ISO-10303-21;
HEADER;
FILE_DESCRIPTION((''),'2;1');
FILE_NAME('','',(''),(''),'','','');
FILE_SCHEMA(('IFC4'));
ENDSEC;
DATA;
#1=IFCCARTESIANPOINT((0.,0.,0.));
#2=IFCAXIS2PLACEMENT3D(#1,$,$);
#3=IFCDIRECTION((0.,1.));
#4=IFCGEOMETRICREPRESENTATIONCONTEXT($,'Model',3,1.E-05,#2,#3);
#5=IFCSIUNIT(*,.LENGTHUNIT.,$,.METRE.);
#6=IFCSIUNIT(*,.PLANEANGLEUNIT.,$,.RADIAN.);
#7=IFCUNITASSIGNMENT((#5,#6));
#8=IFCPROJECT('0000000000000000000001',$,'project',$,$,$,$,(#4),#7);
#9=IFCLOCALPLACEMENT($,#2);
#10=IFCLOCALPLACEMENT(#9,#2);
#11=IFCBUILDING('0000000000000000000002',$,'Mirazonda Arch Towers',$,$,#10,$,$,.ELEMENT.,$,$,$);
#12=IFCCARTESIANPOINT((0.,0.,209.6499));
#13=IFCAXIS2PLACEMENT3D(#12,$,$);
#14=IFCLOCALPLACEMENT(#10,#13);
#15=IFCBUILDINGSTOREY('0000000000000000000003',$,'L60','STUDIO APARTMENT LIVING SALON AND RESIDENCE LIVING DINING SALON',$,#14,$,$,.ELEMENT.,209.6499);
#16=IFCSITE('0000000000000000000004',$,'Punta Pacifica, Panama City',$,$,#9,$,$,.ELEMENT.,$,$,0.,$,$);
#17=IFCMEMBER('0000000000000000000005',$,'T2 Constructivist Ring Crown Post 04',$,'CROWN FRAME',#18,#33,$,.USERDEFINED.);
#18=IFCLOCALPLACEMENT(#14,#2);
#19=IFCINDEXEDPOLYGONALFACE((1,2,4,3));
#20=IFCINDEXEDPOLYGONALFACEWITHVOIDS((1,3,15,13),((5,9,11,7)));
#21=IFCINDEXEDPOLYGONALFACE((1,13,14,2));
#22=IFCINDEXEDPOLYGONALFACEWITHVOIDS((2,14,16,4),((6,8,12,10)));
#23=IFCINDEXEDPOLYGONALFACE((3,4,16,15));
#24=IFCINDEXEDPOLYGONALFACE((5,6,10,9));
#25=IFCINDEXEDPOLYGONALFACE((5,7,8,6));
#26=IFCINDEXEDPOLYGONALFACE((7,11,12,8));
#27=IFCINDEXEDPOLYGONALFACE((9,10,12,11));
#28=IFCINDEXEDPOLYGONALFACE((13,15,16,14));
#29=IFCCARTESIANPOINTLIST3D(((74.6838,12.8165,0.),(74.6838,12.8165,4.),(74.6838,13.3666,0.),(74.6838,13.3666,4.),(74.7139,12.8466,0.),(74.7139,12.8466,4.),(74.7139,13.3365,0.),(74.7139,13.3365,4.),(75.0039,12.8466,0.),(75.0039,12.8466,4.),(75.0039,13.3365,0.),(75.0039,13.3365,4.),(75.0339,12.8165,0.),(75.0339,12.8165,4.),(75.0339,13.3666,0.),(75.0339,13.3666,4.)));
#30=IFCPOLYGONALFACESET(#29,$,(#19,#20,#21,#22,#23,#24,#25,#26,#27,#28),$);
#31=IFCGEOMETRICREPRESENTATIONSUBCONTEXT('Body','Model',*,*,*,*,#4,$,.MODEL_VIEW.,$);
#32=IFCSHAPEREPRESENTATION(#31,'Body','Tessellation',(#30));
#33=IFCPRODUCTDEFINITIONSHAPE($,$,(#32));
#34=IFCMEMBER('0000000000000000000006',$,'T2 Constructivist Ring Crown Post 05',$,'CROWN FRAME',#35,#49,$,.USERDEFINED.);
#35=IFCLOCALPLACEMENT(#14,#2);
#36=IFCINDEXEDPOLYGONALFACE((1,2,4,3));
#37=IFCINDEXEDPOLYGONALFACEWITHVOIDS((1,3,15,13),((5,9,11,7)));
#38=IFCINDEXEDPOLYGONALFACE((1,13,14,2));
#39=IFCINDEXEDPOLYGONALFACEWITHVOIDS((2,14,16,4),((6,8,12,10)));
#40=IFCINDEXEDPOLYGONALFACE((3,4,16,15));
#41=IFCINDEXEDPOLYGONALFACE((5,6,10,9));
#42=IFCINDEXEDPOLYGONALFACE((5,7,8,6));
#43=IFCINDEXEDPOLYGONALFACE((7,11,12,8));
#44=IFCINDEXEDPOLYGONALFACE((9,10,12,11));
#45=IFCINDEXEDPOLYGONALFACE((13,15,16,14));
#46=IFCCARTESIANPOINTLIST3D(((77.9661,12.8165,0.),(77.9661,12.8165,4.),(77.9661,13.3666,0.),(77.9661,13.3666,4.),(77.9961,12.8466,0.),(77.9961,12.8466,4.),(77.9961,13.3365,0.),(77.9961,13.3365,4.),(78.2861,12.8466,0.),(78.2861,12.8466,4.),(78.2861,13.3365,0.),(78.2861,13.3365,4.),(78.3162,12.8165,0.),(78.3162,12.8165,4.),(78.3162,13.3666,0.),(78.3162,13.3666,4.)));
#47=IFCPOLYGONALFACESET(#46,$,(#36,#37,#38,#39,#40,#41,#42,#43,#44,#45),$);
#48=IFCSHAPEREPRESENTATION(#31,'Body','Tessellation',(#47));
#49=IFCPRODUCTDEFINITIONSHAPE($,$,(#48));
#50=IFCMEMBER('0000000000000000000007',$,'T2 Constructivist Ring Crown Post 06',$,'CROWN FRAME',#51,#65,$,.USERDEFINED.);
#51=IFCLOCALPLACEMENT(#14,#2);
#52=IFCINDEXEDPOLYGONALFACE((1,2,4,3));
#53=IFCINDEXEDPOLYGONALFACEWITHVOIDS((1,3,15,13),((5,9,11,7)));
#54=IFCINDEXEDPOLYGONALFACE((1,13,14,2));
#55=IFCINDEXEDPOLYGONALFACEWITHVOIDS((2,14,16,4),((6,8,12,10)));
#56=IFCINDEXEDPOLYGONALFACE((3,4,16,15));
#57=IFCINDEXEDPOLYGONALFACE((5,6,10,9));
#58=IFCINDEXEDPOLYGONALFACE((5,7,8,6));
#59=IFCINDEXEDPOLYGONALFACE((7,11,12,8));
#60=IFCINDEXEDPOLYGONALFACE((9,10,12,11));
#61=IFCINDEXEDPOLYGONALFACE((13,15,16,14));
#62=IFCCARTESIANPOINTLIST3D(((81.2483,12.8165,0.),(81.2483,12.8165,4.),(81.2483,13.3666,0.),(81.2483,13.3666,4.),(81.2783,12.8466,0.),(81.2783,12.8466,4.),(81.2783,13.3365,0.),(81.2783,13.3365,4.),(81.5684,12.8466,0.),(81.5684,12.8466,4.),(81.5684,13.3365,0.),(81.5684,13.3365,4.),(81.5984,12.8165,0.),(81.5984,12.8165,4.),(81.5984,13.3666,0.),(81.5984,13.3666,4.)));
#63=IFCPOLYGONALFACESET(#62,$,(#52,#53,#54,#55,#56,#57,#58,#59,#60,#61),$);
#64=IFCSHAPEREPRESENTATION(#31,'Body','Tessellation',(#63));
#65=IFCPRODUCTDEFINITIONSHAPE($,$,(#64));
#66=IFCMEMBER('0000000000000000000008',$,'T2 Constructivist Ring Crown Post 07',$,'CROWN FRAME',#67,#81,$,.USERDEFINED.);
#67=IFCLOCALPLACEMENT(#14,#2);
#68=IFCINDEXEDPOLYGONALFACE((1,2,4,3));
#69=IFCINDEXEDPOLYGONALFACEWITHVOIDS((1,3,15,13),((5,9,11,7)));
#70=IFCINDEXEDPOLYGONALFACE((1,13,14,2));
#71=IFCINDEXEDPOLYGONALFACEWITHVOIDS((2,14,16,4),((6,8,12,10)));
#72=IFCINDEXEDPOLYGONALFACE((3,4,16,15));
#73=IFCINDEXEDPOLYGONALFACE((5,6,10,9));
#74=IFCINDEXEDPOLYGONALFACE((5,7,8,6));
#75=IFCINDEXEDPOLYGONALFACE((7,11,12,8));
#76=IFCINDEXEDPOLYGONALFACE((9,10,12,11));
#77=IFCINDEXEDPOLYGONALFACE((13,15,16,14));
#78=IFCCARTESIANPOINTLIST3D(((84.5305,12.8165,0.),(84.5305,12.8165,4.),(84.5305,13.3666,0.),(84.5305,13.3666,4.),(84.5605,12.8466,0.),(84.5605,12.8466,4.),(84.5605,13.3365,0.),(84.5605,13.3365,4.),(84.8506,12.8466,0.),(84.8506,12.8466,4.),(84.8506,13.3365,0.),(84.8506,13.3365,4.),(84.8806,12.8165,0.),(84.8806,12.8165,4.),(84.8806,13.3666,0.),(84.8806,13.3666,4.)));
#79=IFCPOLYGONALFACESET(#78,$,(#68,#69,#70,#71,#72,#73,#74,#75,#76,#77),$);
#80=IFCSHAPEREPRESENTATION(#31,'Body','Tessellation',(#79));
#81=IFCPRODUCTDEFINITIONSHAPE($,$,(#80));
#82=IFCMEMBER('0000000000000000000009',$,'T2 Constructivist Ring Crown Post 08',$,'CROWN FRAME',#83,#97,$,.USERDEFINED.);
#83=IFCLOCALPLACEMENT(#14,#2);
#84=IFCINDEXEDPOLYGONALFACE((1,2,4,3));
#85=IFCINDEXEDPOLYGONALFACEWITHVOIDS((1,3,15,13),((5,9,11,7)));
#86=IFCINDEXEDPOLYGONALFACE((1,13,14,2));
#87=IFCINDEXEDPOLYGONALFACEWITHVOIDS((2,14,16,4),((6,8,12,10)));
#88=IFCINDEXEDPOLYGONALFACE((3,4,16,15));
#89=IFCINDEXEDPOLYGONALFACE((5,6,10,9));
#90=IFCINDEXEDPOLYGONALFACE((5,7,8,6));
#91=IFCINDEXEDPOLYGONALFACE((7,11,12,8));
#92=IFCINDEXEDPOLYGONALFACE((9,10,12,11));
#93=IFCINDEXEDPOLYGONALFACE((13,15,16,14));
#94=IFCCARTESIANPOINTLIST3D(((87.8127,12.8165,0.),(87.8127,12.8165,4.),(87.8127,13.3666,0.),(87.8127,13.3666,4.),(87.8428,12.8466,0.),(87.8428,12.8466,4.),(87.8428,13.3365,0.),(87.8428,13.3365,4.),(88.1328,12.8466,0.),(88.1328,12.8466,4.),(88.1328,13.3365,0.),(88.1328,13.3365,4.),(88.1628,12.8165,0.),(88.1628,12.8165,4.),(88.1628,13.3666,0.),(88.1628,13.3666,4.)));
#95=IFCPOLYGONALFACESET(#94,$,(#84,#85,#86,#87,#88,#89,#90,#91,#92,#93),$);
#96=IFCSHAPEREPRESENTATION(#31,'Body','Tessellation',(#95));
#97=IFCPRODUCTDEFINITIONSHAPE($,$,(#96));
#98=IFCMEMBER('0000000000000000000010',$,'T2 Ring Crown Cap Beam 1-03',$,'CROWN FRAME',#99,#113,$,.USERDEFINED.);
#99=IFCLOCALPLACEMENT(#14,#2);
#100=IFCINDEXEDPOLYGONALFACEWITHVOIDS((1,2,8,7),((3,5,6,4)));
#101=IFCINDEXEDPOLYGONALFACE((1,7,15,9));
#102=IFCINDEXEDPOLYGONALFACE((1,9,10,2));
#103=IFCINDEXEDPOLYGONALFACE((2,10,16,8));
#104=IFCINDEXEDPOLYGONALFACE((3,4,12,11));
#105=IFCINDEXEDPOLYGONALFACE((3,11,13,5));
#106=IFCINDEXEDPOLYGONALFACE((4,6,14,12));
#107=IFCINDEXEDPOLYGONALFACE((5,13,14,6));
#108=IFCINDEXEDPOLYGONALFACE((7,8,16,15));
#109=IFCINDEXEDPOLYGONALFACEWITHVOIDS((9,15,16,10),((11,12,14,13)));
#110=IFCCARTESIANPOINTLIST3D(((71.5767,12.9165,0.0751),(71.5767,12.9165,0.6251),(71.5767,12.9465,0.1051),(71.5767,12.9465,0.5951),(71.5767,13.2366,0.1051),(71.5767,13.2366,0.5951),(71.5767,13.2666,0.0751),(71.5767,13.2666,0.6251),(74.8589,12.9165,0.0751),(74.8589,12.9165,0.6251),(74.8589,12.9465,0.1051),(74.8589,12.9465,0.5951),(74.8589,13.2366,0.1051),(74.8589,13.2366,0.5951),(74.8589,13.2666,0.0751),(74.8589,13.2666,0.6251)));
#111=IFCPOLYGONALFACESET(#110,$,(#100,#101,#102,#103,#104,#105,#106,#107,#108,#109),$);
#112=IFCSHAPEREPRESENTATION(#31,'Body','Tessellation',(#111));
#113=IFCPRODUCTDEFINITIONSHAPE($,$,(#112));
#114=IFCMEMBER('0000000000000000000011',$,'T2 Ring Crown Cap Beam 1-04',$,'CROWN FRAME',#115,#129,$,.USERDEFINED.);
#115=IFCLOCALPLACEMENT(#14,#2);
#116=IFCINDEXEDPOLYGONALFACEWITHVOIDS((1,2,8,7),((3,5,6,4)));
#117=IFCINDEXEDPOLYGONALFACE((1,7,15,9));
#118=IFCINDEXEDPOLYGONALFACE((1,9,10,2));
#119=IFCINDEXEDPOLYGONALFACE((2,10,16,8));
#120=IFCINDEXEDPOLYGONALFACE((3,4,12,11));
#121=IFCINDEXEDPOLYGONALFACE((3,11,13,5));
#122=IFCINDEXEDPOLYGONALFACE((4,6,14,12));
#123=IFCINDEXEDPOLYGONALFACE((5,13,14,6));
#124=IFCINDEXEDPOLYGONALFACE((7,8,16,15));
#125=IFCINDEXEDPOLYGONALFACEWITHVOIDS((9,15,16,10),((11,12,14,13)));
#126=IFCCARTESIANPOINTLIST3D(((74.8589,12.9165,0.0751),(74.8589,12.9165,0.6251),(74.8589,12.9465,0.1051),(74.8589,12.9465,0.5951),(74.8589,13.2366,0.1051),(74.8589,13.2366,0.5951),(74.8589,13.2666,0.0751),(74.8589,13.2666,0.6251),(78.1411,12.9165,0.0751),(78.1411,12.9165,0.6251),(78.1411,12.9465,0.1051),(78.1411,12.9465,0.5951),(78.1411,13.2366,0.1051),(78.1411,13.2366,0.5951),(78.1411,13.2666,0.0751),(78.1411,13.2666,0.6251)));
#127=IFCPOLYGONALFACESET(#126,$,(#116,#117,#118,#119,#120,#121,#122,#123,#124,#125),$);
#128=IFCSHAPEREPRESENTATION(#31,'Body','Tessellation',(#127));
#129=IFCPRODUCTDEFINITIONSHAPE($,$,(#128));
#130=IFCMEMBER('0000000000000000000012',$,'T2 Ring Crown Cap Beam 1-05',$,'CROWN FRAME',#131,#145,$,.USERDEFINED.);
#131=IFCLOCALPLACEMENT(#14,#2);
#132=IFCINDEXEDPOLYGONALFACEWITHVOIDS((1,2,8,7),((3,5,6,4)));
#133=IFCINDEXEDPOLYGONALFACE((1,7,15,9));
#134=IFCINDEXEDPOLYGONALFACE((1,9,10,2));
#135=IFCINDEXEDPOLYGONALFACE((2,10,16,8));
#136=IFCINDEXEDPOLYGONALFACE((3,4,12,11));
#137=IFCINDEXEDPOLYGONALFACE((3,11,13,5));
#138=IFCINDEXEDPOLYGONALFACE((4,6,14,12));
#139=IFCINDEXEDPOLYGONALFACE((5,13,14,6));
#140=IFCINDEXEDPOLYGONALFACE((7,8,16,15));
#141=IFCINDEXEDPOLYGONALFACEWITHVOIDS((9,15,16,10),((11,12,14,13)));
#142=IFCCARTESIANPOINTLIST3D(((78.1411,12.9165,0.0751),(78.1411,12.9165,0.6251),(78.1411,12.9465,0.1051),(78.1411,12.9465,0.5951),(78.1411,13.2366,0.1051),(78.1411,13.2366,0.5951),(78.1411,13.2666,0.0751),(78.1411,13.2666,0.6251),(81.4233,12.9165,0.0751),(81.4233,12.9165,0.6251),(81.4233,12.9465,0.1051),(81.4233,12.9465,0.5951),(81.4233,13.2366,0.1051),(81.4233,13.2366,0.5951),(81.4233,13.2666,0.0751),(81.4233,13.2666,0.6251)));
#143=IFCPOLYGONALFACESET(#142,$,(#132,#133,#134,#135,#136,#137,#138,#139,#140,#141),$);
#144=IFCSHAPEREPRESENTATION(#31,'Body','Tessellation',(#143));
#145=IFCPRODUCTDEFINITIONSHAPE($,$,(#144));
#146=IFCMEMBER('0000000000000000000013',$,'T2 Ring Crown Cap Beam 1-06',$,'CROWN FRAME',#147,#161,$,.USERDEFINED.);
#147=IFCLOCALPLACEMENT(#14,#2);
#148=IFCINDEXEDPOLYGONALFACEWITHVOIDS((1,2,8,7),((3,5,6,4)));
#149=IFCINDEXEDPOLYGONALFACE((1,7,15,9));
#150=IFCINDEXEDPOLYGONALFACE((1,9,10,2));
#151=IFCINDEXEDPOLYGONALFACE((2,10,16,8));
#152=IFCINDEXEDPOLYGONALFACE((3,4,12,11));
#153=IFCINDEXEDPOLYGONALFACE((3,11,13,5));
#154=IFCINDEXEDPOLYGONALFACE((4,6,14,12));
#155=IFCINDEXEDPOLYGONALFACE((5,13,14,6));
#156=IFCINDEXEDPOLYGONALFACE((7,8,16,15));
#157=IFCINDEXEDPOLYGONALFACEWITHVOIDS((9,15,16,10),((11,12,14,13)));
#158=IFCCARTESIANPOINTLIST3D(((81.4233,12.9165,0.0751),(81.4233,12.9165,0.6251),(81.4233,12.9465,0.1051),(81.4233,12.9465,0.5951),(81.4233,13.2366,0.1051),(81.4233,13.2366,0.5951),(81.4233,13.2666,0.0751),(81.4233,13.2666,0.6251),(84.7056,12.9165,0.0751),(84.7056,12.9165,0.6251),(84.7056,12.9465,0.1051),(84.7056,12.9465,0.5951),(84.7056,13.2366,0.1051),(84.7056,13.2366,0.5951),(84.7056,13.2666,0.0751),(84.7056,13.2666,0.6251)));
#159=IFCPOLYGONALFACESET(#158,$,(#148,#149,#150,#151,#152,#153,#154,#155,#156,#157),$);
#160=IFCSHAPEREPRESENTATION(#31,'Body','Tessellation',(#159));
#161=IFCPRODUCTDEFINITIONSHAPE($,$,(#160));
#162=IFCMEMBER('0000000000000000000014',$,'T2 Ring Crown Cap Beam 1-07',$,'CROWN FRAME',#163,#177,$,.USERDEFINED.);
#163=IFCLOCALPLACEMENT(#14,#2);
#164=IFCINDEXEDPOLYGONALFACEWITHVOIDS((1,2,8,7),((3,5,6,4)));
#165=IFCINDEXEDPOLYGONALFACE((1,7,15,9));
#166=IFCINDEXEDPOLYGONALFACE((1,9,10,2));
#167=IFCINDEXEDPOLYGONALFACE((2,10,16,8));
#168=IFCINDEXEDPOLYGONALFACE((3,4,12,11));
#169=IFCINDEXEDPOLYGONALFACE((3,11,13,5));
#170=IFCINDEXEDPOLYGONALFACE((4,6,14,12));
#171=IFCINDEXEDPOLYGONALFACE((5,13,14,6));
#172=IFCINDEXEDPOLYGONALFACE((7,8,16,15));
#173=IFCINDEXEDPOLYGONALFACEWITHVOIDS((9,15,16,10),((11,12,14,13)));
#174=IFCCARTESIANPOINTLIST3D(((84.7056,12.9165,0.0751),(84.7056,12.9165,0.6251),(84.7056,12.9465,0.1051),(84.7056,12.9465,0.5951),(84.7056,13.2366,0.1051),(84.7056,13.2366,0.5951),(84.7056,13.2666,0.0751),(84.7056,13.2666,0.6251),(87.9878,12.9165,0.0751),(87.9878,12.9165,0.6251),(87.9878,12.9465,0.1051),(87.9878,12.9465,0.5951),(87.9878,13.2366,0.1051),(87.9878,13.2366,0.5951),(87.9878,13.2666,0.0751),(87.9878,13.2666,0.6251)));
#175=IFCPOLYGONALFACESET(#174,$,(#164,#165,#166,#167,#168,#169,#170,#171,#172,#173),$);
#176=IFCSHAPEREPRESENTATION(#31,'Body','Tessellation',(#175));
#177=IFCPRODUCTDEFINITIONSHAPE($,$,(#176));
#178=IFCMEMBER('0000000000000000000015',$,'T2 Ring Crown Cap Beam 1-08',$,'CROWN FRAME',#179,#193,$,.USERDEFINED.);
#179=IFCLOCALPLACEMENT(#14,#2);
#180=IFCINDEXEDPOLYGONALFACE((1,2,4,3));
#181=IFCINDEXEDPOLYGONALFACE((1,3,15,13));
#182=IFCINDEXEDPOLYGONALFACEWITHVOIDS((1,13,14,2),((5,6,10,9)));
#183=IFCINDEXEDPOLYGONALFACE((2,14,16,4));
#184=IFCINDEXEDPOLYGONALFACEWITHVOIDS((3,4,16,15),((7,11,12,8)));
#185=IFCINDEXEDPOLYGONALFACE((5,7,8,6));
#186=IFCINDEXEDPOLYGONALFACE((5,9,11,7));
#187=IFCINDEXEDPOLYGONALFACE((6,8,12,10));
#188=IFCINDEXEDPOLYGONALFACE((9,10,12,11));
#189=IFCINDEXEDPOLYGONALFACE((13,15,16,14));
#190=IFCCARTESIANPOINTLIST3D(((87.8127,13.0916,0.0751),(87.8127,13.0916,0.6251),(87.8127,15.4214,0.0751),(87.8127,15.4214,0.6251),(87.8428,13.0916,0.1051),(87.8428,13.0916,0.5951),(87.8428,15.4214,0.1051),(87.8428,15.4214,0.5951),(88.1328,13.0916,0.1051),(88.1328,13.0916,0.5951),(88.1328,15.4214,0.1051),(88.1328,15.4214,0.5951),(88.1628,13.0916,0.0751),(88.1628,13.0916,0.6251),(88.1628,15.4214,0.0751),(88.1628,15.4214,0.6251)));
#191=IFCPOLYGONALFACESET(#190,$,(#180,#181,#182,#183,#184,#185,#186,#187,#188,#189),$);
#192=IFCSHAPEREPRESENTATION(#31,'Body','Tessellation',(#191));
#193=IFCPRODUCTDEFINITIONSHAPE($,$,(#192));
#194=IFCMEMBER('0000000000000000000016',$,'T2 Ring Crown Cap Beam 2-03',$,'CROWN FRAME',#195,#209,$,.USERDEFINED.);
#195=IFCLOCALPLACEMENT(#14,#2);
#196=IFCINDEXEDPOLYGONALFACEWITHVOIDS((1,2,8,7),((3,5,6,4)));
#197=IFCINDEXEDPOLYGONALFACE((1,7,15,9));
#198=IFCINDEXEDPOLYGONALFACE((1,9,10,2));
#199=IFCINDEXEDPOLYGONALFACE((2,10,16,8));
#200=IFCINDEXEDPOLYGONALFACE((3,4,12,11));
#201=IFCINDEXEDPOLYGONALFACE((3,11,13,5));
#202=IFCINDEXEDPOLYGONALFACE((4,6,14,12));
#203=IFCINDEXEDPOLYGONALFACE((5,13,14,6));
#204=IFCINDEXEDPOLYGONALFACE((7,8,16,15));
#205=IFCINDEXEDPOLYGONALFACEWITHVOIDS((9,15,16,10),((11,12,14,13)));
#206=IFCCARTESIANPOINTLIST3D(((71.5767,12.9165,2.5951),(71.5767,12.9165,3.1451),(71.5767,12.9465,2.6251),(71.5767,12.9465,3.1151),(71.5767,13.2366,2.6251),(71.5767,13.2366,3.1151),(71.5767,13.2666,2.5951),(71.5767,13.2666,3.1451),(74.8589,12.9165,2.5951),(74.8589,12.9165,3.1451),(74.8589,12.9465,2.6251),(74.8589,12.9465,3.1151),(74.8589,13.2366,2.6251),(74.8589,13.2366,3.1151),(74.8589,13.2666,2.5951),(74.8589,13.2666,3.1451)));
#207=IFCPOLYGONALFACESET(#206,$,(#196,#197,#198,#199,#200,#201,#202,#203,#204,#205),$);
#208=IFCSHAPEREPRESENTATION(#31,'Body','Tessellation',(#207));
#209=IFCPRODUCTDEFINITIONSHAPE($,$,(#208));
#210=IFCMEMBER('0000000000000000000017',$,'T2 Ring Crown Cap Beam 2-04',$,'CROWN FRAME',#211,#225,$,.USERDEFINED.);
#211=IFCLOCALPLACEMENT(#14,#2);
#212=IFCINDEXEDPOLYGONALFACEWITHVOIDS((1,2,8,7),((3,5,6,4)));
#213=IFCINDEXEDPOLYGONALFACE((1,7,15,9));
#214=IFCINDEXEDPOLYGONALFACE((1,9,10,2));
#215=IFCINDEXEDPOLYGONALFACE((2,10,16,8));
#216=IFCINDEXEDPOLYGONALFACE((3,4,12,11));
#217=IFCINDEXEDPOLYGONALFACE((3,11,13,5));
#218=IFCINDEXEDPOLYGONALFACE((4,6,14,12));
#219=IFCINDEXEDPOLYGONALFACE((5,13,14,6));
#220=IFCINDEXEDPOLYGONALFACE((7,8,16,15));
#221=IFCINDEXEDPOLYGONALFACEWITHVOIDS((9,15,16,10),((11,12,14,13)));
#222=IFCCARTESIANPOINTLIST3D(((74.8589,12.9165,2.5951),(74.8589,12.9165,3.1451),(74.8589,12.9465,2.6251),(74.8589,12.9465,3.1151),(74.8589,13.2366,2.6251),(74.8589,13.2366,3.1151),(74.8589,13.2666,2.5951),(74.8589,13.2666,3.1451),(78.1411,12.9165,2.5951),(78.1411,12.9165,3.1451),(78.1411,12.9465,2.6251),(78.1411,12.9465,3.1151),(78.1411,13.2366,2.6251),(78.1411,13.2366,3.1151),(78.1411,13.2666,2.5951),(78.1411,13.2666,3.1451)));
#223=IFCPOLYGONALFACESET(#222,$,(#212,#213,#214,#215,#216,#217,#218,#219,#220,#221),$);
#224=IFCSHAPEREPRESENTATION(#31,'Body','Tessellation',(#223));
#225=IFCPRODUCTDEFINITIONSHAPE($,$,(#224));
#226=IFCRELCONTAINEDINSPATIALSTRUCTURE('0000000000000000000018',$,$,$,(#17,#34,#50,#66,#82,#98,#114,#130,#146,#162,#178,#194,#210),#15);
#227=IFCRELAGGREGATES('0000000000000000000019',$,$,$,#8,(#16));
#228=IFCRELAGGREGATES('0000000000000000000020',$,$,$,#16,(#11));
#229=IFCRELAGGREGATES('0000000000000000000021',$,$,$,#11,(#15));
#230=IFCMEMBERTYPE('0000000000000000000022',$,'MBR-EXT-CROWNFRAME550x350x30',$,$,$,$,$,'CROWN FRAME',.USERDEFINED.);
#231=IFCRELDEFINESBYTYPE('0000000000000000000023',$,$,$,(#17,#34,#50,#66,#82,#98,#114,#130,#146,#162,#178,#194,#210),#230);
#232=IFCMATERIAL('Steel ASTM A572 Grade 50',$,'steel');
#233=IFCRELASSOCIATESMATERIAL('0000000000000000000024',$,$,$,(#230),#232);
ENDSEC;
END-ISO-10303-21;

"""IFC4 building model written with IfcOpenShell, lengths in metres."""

from ifc_helpers import new_model, si_unit, direction, frame, origin, origin_2d, place, context, subcontext, project, spatial, hollow_rectangle, extrude, material, material_profile, profile_set, type_object, element, save


model = new_model("IFC4")

# Units and contexts
model_context = context("Model", 3, precision=1e-05, world=origin(), true_north=direction((0.0, 1.0)))
body_context = subcontext(model_context, "Body", "Model", "MODEL_VIEW")
ifc_project = project(units=[si_unit("LENGTHUNIT", "METRE"), si_unit("PLANEANGLEUNIT", "RADIAN")], contexts=[model_context])

# Site, building, storey
site_placement = place(None, origin())
site = spatial("IfcSite", under=ifc_project, at=site_placement, Name="Punta Pacifica, Panama City", CompositionType="ELEMENT", RefElevation=0.0)
building_placement = place(site_placement, origin())
building = spatial("IfcBuilding", under=site, at=building_placement, Name="Mirazonda Arch Towers", CompositionType="ELEMENT")
storey_placement = place(building_placement, frame((0.0, 0.0, 209.6499)))
storey = spatial("IfcBuildingStorey", under=building, at=storey_placement, Name="L60", Description="STUDIO APARTMENT LIVING SALON AND RESIDENCE LIVING DINING SALON", CompositionType="ELEMENT", Elevation=209.6499)

# Members
ifc_material_1 = material(Name="Steel ASTM A572 Grade 50", Category="steel")
ifc_material_profile = material_profile(ifc_material_1, hollow_rectangle(XDim=0.3501, YDim=0.55, WallThickness=0.03, at=origin_2d()), Name="CROWNFRAME550x350x30")
ifc_profile_set = profile_set([ifc_material_profile], Name="Steel ASTM A572 Grade 50")
member_type = type_object("IfcMemberType", Name="MBR-EXT-CROWNFRAME550x350x30", ElementType="CROWN FRAME", PredefinedType="USERDEFINED", material=ifc_profile_set)
for number, where, z_axis, x_axis, name in (
    (1, (74.8589, 13.0916, 0.0), (0.0, 0.0, 1.0), (1.0, 0.0, 0.0), "T2 Constructivist Ring Crown Post 04"),
    (2, (78.1411, 13.0916, 0.0), (0.0, 0.0, 1.0), (1.0, 0.0, 0.0), "T2 Constructivist Ring Crown Post 05"),
    (3, (81.4233, 13.0916, 0.0), (0.0, 0.0, 1.0), (1.0, 0.0, 0.0), "T2 Constructivist Ring Crown Post 06"),
    (4, (84.7056, 13.0916, 0.0), (0.0, 0.0, 1.0), (1.0, 0.0, 0.0), "T2 Constructivist Ring Crown Post 07"),
    (5, (87.9878, 13.0916, 0.0), (0.0, 0.0, 1.0), (1.0, 0.0, 0.0), "T2 Constructivist Ring Crown Post 08"),
):
    element("IfcMember", number, at=place(storey_placement, frame(where, z_axis=z_axis, x_axis=x_axis)), inside=storey, type_object=member_type, Name=name, ObjectType="CROWN FRAME", PredefinedType="USERDEFINED", context=body_context, shape_type="SweptSolid", body=[
        extrude(hollow_rectangle(XDim=0.3501, YDim=0.55, WallThickness=0.03, at=origin_2d()), origin(), (0.0, 0.0, 1.0), 4.0),
    ])
for number, where, z_axis, x_axis, name in (
    (6, (71.5767, 13.0916, 0.3501), (1.0, 0.0, 0.0), (0.0, 1.0, 0.0), "T2 Ring Crown Cap Beam 1-03"),
    (7, (74.8589, 13.0916, 0.3501), (1.0, 0.0, 0.0), (0.0, 1.0, 0.0), "T2 Ring Crown Cap Beam 1-04"),
    (8, (78.1411, 13.0916, 0.3501), (1.0, 0.0, 0.0), (0.0, 1.0, 0.0), "T2 Ring Crown Cap Beam 1-05"),
    (9, (81.4233, 13.0916, 0.3501), (1.0, 0.0, 0.0), (0.0, 1.0, 0.0), "T2 Ring Crown Cap Beam 1-06"),
    (10, (84.7056, 13.0916, 0.3501), (1.0, 0.0, 0.0), (0.0, 1.0, 0.0), "T2 Ring Crown Cap Beam 1-07"),
):
    element("IfcMember", number, at=place(storey_placement, frame(where, z_axis=z_axis, x_axis=x_axis)), inside=storey, type_object=member_type, Name=name, ObjectType="CROWN FRAME", PredefinedType="USERDEFINED", context=body_context, shape_type="SweptSolid", body=[
        extrude(hollow_rectangle(XDim=0.3501, YDim=0.55, WallThickness=0.03, at=origin_2d()), origin(), (0.0, 0.0, 1.0), 3.2822),
    ])
member_placement = place(storey_placement, frame((87.9878, 13.0916, 0.3501), z_axis=(0.0, 1.0, 0.0), x_axis=(-1.0, 0.0, 0.0)))
element("IfcMember", 11, at=member_placement, inside=storey, type_object=member_type, Name="T2 Ring Crown Cap Beam 1-08", ObjectType="CROWN FRAME", PredefinedType="USERDEFINED", context=body_context, shape_type="SweptSolid", body=[
    extrude(hollow_rectangle(XDim=0.3501, YDim=0.55, WallThickness=0.03, at=origin_2d()), origin(), (0.0, 0.0, 1.0), 2.3298),
])
for number, where, z_axis, x_axis, name in (
    (12, (71.5767, 13.0916, 2.8701), (1.0, 0.0, 0.0), (0.0, 1.0, 0.0), "T2 Ring Crown Cap Beam 2-03"),
    (13, (74.8589, 13.0916, 2.8701), (1.0, 0.0, 0.0), (0.0, 1.0, 0.0), "T2 Ring Crown Cap Beam 2-04"),
):
    element("IfcMember", number, at=place(storey_placement, frame(where, z_axis=z_axis, x_axis=x_axis)), inside=storey, type_object=member_type, Name=name, ObjectType="CROWN FRAME", PredefinedType="USERDEFINED", context=body_context, shape_type="SweptSolid", body=[
        extrude(hollow_rectangle(XDim=0.3501, YDim=0.55, WallThickness=0.03, at=origin_2d()), origin(), (0.0, 0.0, 1.0), 3.2822),
    ])

save(model, "model.ifc")
